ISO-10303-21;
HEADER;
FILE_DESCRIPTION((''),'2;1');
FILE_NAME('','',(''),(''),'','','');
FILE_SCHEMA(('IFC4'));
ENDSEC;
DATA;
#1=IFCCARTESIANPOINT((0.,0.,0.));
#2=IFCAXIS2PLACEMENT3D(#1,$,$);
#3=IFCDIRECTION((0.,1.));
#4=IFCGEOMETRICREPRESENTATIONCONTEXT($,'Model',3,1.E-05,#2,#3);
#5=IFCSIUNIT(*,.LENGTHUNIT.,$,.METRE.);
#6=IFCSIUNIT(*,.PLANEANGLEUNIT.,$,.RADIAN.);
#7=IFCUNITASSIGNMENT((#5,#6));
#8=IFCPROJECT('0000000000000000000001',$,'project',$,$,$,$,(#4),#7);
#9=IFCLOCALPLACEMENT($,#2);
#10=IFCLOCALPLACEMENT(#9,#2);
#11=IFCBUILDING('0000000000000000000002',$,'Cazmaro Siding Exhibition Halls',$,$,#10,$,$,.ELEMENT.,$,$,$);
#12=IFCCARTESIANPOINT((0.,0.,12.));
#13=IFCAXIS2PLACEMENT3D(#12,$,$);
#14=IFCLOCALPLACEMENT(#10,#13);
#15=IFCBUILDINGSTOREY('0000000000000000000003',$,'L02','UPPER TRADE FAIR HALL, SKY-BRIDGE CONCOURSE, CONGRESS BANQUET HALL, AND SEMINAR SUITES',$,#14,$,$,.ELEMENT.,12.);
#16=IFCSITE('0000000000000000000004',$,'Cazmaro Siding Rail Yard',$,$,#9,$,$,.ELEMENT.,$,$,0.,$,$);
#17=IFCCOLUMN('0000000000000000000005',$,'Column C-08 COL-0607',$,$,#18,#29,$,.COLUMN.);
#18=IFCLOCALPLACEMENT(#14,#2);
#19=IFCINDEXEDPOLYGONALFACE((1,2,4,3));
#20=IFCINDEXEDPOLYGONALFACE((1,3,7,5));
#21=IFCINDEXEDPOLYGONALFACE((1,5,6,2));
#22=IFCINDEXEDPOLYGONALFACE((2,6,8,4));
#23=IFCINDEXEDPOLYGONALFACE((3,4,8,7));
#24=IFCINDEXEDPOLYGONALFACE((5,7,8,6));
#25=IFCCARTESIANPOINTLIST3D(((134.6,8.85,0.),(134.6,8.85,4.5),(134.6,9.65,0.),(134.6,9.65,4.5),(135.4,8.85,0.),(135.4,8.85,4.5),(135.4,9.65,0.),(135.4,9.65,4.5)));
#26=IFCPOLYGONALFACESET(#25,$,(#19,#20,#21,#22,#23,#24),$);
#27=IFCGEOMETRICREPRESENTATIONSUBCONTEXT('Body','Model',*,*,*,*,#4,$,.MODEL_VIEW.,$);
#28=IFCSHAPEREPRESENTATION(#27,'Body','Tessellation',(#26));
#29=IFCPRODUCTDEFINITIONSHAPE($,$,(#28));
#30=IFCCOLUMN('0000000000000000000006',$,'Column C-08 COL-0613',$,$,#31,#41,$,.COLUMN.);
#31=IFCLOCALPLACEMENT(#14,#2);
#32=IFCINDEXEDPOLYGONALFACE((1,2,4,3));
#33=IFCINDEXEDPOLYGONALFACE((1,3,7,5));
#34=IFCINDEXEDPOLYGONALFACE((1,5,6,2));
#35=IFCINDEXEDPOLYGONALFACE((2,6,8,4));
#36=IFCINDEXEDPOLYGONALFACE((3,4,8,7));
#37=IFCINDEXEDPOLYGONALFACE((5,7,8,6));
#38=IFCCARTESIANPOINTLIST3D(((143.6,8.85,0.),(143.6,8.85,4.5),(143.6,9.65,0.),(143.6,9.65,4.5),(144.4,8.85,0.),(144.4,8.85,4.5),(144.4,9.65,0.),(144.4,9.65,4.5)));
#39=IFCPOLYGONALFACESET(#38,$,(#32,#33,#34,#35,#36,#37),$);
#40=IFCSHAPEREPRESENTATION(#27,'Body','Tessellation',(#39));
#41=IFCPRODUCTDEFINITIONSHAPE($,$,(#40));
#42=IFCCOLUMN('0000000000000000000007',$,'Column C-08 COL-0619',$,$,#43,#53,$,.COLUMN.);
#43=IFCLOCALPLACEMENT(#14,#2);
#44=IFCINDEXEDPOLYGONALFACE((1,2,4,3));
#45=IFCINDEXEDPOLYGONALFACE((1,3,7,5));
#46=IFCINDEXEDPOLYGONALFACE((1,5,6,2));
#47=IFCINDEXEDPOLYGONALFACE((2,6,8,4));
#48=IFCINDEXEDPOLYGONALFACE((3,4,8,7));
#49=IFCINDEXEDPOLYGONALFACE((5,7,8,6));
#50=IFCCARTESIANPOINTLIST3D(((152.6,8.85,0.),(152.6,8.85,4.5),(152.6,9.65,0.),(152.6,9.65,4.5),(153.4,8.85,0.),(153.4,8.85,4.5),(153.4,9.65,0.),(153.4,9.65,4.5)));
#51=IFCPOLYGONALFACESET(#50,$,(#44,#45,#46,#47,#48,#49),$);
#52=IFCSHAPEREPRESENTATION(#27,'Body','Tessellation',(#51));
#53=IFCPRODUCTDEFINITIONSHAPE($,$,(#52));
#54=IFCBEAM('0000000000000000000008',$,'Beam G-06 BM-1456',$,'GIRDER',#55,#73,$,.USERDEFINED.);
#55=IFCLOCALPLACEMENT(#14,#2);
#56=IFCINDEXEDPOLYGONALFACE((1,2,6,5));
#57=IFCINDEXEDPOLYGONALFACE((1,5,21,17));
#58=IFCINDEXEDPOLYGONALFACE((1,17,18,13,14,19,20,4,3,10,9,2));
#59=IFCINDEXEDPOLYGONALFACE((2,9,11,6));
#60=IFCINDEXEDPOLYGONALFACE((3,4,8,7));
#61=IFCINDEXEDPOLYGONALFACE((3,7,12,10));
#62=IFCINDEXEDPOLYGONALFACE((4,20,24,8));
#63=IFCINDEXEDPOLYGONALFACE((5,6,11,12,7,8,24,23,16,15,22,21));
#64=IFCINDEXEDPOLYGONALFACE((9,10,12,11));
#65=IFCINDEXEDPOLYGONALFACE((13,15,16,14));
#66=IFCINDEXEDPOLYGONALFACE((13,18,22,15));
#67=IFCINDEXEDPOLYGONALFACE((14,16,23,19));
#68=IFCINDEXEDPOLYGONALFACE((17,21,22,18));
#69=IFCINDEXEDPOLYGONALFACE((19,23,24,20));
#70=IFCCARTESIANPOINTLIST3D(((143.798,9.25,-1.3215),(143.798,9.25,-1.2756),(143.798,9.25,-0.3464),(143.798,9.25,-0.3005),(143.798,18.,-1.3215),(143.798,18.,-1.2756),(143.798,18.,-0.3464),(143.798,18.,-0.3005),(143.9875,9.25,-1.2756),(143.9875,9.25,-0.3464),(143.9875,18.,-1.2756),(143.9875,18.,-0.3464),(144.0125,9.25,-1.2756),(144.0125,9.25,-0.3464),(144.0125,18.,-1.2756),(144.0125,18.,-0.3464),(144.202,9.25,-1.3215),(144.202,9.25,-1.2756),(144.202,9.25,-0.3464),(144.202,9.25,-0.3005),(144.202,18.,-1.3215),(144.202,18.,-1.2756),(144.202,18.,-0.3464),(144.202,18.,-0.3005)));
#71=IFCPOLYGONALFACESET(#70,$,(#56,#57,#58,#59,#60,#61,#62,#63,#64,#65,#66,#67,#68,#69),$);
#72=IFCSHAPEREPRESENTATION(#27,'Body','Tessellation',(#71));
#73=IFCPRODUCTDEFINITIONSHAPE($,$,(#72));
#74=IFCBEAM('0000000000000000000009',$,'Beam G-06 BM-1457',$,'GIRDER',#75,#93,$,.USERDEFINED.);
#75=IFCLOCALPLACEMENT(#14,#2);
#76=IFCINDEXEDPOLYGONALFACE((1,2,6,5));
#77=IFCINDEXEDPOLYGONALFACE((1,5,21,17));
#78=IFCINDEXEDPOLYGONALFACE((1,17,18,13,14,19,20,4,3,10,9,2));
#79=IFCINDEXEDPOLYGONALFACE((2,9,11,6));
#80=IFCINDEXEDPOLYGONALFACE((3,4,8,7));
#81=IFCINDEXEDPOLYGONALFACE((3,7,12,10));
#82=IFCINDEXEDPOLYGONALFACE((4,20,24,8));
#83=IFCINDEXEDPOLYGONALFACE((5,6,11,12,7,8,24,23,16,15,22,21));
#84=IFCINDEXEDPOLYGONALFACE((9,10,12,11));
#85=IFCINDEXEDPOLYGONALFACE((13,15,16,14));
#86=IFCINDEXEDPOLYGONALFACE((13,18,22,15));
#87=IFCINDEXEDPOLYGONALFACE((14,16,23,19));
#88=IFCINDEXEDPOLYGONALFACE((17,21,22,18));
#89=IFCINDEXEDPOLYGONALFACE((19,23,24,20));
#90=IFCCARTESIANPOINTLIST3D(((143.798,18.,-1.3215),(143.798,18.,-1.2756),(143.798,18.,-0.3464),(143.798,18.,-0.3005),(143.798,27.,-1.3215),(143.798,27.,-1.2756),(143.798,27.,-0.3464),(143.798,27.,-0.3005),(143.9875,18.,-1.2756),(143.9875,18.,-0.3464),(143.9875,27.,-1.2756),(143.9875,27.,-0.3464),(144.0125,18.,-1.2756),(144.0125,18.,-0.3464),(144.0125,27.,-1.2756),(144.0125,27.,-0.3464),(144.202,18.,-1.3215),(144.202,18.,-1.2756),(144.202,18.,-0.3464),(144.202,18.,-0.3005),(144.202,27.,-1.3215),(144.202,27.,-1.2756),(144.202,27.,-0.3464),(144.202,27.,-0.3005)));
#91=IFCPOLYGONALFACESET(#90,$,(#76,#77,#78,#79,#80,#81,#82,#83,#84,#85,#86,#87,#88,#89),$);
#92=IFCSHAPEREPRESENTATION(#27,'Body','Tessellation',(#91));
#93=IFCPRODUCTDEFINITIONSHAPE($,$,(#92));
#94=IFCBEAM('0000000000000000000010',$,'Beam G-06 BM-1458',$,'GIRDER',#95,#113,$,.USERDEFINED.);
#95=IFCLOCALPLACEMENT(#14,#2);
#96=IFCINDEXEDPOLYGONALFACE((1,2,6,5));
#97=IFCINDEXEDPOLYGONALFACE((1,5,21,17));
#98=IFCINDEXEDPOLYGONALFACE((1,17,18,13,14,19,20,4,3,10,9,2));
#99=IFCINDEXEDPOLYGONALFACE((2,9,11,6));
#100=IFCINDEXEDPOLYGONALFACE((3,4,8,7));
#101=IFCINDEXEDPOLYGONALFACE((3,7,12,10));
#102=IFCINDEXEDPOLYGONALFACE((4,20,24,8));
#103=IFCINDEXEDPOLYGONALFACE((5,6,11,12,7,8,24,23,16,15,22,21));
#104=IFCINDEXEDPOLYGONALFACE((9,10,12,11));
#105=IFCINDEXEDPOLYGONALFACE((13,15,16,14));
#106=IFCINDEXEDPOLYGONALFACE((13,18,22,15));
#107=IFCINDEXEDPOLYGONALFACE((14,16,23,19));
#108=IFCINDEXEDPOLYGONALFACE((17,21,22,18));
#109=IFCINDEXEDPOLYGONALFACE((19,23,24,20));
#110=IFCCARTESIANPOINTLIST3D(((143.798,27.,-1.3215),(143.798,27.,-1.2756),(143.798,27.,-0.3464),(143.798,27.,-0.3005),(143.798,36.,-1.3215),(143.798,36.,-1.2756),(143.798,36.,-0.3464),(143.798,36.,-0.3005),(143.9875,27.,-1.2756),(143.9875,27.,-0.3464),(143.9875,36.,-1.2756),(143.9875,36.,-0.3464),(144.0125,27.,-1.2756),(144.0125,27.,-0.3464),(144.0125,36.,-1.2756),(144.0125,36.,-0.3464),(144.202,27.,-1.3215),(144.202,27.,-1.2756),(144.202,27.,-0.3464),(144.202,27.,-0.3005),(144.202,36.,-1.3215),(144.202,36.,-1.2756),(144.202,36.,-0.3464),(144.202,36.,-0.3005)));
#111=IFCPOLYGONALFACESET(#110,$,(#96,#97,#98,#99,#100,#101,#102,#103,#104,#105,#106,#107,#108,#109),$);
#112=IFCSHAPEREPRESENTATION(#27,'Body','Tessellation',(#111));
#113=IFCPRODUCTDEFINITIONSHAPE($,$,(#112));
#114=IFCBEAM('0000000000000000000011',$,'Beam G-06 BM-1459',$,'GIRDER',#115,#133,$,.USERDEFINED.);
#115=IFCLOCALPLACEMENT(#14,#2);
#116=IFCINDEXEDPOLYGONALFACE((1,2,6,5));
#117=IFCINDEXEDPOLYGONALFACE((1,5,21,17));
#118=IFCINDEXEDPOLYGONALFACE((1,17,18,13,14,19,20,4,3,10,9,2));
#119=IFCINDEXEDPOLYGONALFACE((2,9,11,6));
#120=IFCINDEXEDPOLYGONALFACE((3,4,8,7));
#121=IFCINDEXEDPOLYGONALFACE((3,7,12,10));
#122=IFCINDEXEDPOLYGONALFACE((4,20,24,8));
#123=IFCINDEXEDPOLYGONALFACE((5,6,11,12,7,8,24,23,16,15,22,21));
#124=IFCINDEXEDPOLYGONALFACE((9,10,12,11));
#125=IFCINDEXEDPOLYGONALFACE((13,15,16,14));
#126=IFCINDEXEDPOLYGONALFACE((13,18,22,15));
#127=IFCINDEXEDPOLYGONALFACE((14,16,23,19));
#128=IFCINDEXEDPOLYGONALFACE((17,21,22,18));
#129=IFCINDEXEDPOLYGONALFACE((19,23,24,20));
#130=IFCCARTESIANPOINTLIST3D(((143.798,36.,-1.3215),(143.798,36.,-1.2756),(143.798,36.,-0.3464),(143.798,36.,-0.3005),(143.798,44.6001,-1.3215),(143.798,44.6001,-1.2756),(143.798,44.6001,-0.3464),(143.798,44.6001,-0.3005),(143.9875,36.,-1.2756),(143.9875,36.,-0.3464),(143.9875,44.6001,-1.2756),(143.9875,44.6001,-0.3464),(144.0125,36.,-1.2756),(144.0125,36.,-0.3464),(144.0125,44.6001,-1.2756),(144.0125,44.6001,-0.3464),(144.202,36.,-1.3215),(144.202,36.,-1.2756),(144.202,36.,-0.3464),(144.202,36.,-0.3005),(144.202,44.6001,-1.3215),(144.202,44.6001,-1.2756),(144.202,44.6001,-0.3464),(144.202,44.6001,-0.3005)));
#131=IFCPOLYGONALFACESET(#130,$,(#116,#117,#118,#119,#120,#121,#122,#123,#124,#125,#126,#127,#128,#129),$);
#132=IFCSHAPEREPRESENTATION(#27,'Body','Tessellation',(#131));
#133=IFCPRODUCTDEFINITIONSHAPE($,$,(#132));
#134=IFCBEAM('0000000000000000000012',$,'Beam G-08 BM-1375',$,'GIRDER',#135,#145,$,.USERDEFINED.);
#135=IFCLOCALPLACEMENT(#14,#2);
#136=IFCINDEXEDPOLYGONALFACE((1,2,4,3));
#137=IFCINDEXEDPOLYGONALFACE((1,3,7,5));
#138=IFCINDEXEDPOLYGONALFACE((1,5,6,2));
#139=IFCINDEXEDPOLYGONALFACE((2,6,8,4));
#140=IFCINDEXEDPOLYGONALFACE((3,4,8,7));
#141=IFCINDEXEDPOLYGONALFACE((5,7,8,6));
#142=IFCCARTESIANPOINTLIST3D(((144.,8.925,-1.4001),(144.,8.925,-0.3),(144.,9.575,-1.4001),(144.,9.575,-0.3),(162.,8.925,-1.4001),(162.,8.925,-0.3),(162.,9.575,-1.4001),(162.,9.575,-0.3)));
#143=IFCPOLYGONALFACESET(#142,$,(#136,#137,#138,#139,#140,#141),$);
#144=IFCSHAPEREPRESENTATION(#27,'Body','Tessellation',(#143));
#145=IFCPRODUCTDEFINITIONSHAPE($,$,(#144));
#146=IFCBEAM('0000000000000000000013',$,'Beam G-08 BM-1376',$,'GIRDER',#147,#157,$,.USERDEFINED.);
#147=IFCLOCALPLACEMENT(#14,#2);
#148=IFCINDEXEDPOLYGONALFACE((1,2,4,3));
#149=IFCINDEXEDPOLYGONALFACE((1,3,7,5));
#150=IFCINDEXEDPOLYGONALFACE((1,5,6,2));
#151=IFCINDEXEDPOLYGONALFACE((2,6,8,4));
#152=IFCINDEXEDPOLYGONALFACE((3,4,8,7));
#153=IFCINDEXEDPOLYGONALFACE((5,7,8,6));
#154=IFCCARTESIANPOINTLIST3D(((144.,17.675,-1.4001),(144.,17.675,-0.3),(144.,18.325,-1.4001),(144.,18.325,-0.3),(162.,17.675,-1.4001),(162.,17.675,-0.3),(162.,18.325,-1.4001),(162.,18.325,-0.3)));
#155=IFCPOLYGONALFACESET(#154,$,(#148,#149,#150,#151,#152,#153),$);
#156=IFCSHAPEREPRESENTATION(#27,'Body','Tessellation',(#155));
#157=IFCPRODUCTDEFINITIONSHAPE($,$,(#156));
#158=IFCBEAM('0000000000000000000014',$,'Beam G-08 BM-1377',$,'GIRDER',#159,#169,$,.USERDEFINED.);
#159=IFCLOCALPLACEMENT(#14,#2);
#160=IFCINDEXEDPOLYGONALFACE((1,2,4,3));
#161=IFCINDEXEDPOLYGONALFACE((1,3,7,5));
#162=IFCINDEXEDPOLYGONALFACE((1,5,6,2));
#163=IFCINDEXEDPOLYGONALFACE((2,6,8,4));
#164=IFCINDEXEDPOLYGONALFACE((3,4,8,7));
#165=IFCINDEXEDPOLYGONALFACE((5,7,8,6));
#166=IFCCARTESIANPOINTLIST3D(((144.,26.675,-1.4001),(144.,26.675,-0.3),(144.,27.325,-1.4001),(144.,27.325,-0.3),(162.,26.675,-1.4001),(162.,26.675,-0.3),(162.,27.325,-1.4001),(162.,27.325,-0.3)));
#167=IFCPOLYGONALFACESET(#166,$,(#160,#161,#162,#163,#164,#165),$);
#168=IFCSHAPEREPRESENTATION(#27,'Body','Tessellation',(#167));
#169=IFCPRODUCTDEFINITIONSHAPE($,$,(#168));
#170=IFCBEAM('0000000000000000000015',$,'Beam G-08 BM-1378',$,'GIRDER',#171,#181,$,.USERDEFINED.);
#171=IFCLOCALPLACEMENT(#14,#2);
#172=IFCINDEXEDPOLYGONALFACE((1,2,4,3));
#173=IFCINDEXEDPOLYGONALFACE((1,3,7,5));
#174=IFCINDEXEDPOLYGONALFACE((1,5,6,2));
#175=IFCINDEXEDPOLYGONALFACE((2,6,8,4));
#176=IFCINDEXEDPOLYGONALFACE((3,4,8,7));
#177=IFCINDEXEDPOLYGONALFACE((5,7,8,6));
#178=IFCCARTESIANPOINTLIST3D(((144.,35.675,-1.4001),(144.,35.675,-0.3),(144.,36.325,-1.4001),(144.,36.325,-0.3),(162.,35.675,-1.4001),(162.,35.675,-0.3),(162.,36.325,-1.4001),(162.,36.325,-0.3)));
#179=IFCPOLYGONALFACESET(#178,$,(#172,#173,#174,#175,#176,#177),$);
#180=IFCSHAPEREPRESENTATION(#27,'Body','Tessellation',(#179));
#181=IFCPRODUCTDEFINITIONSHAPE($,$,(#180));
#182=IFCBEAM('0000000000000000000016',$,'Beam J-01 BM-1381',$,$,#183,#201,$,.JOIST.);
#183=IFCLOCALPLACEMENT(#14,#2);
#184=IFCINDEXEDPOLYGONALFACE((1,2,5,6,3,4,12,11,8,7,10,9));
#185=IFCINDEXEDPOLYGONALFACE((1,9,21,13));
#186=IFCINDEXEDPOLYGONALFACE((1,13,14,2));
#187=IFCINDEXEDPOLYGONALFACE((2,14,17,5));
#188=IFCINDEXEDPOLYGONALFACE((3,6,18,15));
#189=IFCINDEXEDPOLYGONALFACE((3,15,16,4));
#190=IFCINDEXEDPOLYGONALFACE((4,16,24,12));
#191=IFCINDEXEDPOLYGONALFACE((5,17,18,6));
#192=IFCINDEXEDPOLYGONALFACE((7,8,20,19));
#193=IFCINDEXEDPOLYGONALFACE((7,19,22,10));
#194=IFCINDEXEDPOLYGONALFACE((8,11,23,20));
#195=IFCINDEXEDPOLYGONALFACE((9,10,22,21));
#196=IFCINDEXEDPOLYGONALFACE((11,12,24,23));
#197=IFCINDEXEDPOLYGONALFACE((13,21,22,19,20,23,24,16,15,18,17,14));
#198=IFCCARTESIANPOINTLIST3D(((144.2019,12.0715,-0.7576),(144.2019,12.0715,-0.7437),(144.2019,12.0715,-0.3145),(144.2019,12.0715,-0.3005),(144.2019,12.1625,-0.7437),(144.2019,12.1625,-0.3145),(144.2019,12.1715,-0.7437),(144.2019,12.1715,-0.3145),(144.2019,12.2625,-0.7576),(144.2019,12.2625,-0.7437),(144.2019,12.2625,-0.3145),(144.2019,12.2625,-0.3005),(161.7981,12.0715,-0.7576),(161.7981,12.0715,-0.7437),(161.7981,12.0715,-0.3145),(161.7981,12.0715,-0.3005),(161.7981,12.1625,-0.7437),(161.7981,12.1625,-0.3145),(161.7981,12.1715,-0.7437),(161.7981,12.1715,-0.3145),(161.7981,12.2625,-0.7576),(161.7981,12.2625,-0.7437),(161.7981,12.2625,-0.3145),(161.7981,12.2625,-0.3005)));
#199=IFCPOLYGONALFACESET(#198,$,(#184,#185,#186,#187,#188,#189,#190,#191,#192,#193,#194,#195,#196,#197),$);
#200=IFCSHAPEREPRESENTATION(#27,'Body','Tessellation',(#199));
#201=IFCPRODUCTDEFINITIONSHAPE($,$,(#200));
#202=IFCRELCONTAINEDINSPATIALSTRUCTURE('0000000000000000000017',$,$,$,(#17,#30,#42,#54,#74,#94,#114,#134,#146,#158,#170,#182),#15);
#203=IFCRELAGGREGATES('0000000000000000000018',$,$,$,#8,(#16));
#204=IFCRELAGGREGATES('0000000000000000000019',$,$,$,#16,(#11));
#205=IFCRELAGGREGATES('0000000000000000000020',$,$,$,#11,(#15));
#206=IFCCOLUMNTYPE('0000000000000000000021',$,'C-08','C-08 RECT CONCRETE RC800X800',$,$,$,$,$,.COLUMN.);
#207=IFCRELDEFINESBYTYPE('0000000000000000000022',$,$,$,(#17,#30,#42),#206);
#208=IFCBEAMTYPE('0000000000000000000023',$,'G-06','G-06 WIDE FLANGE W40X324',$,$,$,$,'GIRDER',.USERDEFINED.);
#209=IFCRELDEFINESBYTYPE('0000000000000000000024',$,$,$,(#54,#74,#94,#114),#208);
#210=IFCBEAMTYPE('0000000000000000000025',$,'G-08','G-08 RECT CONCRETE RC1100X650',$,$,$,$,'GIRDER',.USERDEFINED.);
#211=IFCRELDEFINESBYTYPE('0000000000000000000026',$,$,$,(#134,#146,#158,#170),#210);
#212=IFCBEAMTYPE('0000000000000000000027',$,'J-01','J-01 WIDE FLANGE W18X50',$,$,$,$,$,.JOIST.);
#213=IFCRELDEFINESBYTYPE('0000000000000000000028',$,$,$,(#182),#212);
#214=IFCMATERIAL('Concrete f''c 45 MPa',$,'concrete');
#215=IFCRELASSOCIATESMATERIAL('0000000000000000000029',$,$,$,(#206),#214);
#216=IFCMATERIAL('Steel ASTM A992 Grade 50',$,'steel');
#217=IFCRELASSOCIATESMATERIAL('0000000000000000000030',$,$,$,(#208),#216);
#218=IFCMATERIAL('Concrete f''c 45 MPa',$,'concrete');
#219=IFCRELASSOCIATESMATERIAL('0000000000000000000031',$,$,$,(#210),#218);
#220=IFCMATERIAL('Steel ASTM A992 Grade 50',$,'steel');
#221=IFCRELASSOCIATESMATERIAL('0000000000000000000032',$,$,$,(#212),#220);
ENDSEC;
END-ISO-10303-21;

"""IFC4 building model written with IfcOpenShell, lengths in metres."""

from ifc_helpers import new_model, si_unit, direction, frame, origin, origin_2d, place, context, subcontext, project, spatial, rectangle, i_section, extrude, material, material_profile, profile_set, type_object, element, save


model = new_model("IFC4")

# Units and contexts
model_context = context("Model", 3, precision=1e-05, world=origin(), true_north=direction((0.0, 1.0)))
body_context = subcontext(model_context, "Body", "Model", "MODEL_VIEW")
ifc_project = project(units=[si_unit("LENGTHUNIT", "METRE"), si_unit("PLANEANGLEUNIT", "RADIAN")], contexts=[model_context])

# Site, building, storey
site_placement = place(None, origin())
site = spatial("IfcSite", under=ifc_project, at=site_placement, Name="Cazmaro Siding Rail Yard", CompositionType="ELEMENT", RefElevation=0.0)
building_placement = place(site_placement, origin())
building = spatial("IfcBuilding", under=site, at=building_placement, Name="Cazmaro Siding Exhibition Halls", CompositionType="ELEMENT")
storey_placement = place(building_placement, frame((0.0, 0.0, 12.0)))
storey = spatial("IfcBuildingStorey", under=building, at=storey_placement, Name="L02", Description="UPPER TRADE FAIR HALL, SKY-BRIDGE CONCOURSE, CONGRESS BANQUET HALL, AND SEMINAR SUITES", CompositionType="ELEMENT", Elevation=12.0)

# Columns
ifc_material_1 = material(Name="Concrete f'c 45 MPa", Category="concrete")
ifc_material_profile_1 = material_profile(ifc_material_1, rectangle(XDim=0.8, YDim=0.8, at=origin_2d()), Name="RC800X800")
ifc_profile_set_1 = profile_set([ifc_material_profile_1], Name="Concrete f'c 45 MPa")
column_type = type_object("IfcColumnType", Name="C-08", Description="C-08 RECT CONCRETE RC800X800", PredefinedType="COLUMN", material=ifc_profile_set_1)
for number, where, z_axis, x_axis, name in (
    (1, (135.0, 9.25, 0.0), (0.0, 0.0, 1.0), (1.0, 0.0, 0.0), "Column C-08 COL-0607"),
    (2, (144.0, 9.25, 0.0), (0.0, 0.0, 1.0), (1.0, 0.0, 0.0), "Column C-08 COL-0613"),
    (3, (153.0, 9.25, 0.0), (0.0, 0.0, 1.0), (1.0, 0.0, 0.0), "Column C-08 COL-0619"),
):
    element("IfcColumn", number, at=place(storey_placement, frame(where, z_axis=z_axis, x_axis=x_axis)), inside=storey, type_object=column_type, Name=name, PredefinedType="COLUMN", context=body_context, shape_type="SweptSolid", body=[
        extrude(rectangle(XDim=0.8, YDim=0.8, at=origin_2d()), origin(), (0.0, 0.0, 1.0), 4.5),
    ])

# Beams
ifc_material_2 = material(Name="Steel ASTM A992 Grade 50", Category="steel")
ifc_material_profile_2 = material_profile(ifc_material_2, i_section(OverallWidth=0.4041, OverallDepth=1.021, WebThickness=0.0249, FlangeThickness=0.0459, at=origin_2d()), Name="W40X324")
ifc_profile_set_2 = profile_set([ifc_material_profile_2], Name="Steel ASTM A992 Grade 50")
beam_type_1 = type_object("IfcBeamType", Name="G-06", Description="G-06 WIDE FLANGE W40X324", ElementType="GIRDER", PredefinedType="USERDEFINED", material=ifc_profile_set_2)
beam_1_placement = place(storey_placement, frame((144.0, 9.25, -0.811), z_axis=(0.0, 1.0, 0.0), x_axis=(-1.0, 0.0, 0.0)))
element("IfcBeam", 4, at=beam_1_placement, inside=storey, type_object=beam_type_1, Name="Beam G-06 BM-1456", ObjectType="GIRDER", PredefinedType="USERDEFINED", context=body_context, shape_type="SweptSolid", body=[
    extrude(i_section(OverallWidth=0.4041, OverallDepth=1.021, WebThickness=0.0249, FlangeThickness=0.0459, at=origin_2d()), origin(), (0.0, 0.0, 1.0), 8.75),
])
for number, where, z_axis, x_axis, name in (
    (5, (144.0, 18.0, -0.811), (0.0, 1.0, 0.0), (-1.0, 0.0, 0.0), "Beam G-06 BM-1457"),
    (6, (144.0, 27.0, -0.811), (0.0, 1.0, 0.0), (-1.0, 0.0, 0.0), "Beam G-06 BM-1458"),
):
    element("IfcBeam", number, at=place(storey_placement, frame(where, z_axis=z_axis, x_axis=x_axis)), inside=storey, type_object=beam_type_1, Name=name, ObjectType="GIRDER", PredefinedType="USERDEFINED", context=body_context, shape_type="SweptSolid", body=[
        extrude(i_section(OverallWidth=0.4041, OverallDepth=1.021, WebThickness=0.0249, FlangeThickness=0.0459, at=origin_2d()), origin(), (0.0, 0.0, 1.0), 9.0),
    ])
beam_2_placement = place(storey_placement, frame((144.0, 36.0, -0.811), z_axis=(0.0, 1.0, 0.0), x_axis=(-1.0, 0.0, 0.0)))
element("IfcBeam", 7, at=beam_2_placement, inside=storey, type_object=beam_type_1, Name="Beam G-06 BM-1459", ObjectType="GIRDER", PredefinedType="USERDEFINED", context=body_context, shape_type="SweptSolid", body=[
    extrude(i_section(OverallWidth=0.4041, OverallDepth=1.021, WebThickness=0.0249, FlangeThickness=0.0459, at=origin_2d()), origin(), (0.0, 0.0, 1.0), 8.6001),
])
ifc_material_3 = material(Name="Concrete f'c 45 MPa", Category="concrete")
ifc_material_profile_3 = material_profile(ifc_material_3, rectangle(XDim=0.6499, YDim=1.1001, at=origin_2d()), Name="RC1100X650")
ifc_profile_set_3 = profile_set([ifc_material_profile_3], Name="Concrete f'c 45 MPa")
beam_type_2 = type_object("IfcBeamType", Name="G-08", Description="G-08 RECT CONCRETE RC1100X650", ElementType="GIRDER", PredefinedType="USERDEFINED", material=ifc_profile_set_3)
for number, where, z_axis, x_axis, name in (
    (8, (144.0, 9.25, -0.8501), (1.0, 0.0, 0.0), (0.0, 1.0, 0.0), "Beam G-08 BM-1375"),
    (9, (144.0, 18.0, -0.8501), (1.0, 0.0, 0.0), (0.0, 1.0, 0.0), "Beam G-08 BM-1376"),
    (10, (144.0, 27.0, -0.8501), (1.0, 0.0, 0.0), (0.0, 1.0, 0.0), "Beam G-08 BM-1377"),
    (11, (144.0, 36.0, -0.8501), (1.0, 0.0, 0.0), (0.0, 1.0, 0.0), "Beam G-08 BM-1378"),
):
    element("IfcBeam", number, at=place(storey_placement, frame(where, z_axis=z_axis, x_axis=x_axis)), inside=storey, type_object=beam_type_2, Name=name, ObjectType="GIRDER", PredefinedType="USERDEFINED", context=body_context, shape_type="SweptSolid", body=[
        extrude(rectangle(XDim=0.6499, YDim=1.1001, at=origin_2d()), origin(), (0.0, 0.0, 1.0), 18.0),
    ])
ifc_material_4 = material(Name="Steel ASTM A992 Grade 50", Category="steel")
ifc_material_profile_4 = material_profile(ifc_material_4, i_section(OverallWidth=0.1909, OverallDepth=0.457, WebThickness=0.009, FlangeThickness=0.0139, at=origin_2d()), Name="W18X50")
ifc_profile_set_4 = profile_set([ifc_material_profile_4], Name="Steel ASTM A992 Grade 50")
beam_type_3 = type_object("IfcBeamType", Name="J-01", Description="J-01 WIDE FLANGE W18X50", PredefinedType="JOIST", material=ifc_profile_set_4)
for number, where, z_axis, x_axis, name in (
    (12, (144.2019, 12.167, -0.5291), (1.0, 0.0, 0.0), (0.0, 1.0, 0.0), "Beam J-01 BM-1381"),
):
    element("IfcBeam", number, at=place(storey_placement, frame(where, z_axis=z_axis, x_axis=x_axis)), inside=storey, type_object=beam_type_3, Name=name, PredefinedType="JOIST", context=body_context, shape_type="SweptSolid", body=[
        extrude(i_section(OverallWidth=0.1909, OverallDepth=0.457, WebThickness=0.009, FlangeThickness=0.0139, at=origin_2d()), origin(), (0.0, 0.0, 1.0), 17.5962),
    ])

save(model, "model.ifc")
